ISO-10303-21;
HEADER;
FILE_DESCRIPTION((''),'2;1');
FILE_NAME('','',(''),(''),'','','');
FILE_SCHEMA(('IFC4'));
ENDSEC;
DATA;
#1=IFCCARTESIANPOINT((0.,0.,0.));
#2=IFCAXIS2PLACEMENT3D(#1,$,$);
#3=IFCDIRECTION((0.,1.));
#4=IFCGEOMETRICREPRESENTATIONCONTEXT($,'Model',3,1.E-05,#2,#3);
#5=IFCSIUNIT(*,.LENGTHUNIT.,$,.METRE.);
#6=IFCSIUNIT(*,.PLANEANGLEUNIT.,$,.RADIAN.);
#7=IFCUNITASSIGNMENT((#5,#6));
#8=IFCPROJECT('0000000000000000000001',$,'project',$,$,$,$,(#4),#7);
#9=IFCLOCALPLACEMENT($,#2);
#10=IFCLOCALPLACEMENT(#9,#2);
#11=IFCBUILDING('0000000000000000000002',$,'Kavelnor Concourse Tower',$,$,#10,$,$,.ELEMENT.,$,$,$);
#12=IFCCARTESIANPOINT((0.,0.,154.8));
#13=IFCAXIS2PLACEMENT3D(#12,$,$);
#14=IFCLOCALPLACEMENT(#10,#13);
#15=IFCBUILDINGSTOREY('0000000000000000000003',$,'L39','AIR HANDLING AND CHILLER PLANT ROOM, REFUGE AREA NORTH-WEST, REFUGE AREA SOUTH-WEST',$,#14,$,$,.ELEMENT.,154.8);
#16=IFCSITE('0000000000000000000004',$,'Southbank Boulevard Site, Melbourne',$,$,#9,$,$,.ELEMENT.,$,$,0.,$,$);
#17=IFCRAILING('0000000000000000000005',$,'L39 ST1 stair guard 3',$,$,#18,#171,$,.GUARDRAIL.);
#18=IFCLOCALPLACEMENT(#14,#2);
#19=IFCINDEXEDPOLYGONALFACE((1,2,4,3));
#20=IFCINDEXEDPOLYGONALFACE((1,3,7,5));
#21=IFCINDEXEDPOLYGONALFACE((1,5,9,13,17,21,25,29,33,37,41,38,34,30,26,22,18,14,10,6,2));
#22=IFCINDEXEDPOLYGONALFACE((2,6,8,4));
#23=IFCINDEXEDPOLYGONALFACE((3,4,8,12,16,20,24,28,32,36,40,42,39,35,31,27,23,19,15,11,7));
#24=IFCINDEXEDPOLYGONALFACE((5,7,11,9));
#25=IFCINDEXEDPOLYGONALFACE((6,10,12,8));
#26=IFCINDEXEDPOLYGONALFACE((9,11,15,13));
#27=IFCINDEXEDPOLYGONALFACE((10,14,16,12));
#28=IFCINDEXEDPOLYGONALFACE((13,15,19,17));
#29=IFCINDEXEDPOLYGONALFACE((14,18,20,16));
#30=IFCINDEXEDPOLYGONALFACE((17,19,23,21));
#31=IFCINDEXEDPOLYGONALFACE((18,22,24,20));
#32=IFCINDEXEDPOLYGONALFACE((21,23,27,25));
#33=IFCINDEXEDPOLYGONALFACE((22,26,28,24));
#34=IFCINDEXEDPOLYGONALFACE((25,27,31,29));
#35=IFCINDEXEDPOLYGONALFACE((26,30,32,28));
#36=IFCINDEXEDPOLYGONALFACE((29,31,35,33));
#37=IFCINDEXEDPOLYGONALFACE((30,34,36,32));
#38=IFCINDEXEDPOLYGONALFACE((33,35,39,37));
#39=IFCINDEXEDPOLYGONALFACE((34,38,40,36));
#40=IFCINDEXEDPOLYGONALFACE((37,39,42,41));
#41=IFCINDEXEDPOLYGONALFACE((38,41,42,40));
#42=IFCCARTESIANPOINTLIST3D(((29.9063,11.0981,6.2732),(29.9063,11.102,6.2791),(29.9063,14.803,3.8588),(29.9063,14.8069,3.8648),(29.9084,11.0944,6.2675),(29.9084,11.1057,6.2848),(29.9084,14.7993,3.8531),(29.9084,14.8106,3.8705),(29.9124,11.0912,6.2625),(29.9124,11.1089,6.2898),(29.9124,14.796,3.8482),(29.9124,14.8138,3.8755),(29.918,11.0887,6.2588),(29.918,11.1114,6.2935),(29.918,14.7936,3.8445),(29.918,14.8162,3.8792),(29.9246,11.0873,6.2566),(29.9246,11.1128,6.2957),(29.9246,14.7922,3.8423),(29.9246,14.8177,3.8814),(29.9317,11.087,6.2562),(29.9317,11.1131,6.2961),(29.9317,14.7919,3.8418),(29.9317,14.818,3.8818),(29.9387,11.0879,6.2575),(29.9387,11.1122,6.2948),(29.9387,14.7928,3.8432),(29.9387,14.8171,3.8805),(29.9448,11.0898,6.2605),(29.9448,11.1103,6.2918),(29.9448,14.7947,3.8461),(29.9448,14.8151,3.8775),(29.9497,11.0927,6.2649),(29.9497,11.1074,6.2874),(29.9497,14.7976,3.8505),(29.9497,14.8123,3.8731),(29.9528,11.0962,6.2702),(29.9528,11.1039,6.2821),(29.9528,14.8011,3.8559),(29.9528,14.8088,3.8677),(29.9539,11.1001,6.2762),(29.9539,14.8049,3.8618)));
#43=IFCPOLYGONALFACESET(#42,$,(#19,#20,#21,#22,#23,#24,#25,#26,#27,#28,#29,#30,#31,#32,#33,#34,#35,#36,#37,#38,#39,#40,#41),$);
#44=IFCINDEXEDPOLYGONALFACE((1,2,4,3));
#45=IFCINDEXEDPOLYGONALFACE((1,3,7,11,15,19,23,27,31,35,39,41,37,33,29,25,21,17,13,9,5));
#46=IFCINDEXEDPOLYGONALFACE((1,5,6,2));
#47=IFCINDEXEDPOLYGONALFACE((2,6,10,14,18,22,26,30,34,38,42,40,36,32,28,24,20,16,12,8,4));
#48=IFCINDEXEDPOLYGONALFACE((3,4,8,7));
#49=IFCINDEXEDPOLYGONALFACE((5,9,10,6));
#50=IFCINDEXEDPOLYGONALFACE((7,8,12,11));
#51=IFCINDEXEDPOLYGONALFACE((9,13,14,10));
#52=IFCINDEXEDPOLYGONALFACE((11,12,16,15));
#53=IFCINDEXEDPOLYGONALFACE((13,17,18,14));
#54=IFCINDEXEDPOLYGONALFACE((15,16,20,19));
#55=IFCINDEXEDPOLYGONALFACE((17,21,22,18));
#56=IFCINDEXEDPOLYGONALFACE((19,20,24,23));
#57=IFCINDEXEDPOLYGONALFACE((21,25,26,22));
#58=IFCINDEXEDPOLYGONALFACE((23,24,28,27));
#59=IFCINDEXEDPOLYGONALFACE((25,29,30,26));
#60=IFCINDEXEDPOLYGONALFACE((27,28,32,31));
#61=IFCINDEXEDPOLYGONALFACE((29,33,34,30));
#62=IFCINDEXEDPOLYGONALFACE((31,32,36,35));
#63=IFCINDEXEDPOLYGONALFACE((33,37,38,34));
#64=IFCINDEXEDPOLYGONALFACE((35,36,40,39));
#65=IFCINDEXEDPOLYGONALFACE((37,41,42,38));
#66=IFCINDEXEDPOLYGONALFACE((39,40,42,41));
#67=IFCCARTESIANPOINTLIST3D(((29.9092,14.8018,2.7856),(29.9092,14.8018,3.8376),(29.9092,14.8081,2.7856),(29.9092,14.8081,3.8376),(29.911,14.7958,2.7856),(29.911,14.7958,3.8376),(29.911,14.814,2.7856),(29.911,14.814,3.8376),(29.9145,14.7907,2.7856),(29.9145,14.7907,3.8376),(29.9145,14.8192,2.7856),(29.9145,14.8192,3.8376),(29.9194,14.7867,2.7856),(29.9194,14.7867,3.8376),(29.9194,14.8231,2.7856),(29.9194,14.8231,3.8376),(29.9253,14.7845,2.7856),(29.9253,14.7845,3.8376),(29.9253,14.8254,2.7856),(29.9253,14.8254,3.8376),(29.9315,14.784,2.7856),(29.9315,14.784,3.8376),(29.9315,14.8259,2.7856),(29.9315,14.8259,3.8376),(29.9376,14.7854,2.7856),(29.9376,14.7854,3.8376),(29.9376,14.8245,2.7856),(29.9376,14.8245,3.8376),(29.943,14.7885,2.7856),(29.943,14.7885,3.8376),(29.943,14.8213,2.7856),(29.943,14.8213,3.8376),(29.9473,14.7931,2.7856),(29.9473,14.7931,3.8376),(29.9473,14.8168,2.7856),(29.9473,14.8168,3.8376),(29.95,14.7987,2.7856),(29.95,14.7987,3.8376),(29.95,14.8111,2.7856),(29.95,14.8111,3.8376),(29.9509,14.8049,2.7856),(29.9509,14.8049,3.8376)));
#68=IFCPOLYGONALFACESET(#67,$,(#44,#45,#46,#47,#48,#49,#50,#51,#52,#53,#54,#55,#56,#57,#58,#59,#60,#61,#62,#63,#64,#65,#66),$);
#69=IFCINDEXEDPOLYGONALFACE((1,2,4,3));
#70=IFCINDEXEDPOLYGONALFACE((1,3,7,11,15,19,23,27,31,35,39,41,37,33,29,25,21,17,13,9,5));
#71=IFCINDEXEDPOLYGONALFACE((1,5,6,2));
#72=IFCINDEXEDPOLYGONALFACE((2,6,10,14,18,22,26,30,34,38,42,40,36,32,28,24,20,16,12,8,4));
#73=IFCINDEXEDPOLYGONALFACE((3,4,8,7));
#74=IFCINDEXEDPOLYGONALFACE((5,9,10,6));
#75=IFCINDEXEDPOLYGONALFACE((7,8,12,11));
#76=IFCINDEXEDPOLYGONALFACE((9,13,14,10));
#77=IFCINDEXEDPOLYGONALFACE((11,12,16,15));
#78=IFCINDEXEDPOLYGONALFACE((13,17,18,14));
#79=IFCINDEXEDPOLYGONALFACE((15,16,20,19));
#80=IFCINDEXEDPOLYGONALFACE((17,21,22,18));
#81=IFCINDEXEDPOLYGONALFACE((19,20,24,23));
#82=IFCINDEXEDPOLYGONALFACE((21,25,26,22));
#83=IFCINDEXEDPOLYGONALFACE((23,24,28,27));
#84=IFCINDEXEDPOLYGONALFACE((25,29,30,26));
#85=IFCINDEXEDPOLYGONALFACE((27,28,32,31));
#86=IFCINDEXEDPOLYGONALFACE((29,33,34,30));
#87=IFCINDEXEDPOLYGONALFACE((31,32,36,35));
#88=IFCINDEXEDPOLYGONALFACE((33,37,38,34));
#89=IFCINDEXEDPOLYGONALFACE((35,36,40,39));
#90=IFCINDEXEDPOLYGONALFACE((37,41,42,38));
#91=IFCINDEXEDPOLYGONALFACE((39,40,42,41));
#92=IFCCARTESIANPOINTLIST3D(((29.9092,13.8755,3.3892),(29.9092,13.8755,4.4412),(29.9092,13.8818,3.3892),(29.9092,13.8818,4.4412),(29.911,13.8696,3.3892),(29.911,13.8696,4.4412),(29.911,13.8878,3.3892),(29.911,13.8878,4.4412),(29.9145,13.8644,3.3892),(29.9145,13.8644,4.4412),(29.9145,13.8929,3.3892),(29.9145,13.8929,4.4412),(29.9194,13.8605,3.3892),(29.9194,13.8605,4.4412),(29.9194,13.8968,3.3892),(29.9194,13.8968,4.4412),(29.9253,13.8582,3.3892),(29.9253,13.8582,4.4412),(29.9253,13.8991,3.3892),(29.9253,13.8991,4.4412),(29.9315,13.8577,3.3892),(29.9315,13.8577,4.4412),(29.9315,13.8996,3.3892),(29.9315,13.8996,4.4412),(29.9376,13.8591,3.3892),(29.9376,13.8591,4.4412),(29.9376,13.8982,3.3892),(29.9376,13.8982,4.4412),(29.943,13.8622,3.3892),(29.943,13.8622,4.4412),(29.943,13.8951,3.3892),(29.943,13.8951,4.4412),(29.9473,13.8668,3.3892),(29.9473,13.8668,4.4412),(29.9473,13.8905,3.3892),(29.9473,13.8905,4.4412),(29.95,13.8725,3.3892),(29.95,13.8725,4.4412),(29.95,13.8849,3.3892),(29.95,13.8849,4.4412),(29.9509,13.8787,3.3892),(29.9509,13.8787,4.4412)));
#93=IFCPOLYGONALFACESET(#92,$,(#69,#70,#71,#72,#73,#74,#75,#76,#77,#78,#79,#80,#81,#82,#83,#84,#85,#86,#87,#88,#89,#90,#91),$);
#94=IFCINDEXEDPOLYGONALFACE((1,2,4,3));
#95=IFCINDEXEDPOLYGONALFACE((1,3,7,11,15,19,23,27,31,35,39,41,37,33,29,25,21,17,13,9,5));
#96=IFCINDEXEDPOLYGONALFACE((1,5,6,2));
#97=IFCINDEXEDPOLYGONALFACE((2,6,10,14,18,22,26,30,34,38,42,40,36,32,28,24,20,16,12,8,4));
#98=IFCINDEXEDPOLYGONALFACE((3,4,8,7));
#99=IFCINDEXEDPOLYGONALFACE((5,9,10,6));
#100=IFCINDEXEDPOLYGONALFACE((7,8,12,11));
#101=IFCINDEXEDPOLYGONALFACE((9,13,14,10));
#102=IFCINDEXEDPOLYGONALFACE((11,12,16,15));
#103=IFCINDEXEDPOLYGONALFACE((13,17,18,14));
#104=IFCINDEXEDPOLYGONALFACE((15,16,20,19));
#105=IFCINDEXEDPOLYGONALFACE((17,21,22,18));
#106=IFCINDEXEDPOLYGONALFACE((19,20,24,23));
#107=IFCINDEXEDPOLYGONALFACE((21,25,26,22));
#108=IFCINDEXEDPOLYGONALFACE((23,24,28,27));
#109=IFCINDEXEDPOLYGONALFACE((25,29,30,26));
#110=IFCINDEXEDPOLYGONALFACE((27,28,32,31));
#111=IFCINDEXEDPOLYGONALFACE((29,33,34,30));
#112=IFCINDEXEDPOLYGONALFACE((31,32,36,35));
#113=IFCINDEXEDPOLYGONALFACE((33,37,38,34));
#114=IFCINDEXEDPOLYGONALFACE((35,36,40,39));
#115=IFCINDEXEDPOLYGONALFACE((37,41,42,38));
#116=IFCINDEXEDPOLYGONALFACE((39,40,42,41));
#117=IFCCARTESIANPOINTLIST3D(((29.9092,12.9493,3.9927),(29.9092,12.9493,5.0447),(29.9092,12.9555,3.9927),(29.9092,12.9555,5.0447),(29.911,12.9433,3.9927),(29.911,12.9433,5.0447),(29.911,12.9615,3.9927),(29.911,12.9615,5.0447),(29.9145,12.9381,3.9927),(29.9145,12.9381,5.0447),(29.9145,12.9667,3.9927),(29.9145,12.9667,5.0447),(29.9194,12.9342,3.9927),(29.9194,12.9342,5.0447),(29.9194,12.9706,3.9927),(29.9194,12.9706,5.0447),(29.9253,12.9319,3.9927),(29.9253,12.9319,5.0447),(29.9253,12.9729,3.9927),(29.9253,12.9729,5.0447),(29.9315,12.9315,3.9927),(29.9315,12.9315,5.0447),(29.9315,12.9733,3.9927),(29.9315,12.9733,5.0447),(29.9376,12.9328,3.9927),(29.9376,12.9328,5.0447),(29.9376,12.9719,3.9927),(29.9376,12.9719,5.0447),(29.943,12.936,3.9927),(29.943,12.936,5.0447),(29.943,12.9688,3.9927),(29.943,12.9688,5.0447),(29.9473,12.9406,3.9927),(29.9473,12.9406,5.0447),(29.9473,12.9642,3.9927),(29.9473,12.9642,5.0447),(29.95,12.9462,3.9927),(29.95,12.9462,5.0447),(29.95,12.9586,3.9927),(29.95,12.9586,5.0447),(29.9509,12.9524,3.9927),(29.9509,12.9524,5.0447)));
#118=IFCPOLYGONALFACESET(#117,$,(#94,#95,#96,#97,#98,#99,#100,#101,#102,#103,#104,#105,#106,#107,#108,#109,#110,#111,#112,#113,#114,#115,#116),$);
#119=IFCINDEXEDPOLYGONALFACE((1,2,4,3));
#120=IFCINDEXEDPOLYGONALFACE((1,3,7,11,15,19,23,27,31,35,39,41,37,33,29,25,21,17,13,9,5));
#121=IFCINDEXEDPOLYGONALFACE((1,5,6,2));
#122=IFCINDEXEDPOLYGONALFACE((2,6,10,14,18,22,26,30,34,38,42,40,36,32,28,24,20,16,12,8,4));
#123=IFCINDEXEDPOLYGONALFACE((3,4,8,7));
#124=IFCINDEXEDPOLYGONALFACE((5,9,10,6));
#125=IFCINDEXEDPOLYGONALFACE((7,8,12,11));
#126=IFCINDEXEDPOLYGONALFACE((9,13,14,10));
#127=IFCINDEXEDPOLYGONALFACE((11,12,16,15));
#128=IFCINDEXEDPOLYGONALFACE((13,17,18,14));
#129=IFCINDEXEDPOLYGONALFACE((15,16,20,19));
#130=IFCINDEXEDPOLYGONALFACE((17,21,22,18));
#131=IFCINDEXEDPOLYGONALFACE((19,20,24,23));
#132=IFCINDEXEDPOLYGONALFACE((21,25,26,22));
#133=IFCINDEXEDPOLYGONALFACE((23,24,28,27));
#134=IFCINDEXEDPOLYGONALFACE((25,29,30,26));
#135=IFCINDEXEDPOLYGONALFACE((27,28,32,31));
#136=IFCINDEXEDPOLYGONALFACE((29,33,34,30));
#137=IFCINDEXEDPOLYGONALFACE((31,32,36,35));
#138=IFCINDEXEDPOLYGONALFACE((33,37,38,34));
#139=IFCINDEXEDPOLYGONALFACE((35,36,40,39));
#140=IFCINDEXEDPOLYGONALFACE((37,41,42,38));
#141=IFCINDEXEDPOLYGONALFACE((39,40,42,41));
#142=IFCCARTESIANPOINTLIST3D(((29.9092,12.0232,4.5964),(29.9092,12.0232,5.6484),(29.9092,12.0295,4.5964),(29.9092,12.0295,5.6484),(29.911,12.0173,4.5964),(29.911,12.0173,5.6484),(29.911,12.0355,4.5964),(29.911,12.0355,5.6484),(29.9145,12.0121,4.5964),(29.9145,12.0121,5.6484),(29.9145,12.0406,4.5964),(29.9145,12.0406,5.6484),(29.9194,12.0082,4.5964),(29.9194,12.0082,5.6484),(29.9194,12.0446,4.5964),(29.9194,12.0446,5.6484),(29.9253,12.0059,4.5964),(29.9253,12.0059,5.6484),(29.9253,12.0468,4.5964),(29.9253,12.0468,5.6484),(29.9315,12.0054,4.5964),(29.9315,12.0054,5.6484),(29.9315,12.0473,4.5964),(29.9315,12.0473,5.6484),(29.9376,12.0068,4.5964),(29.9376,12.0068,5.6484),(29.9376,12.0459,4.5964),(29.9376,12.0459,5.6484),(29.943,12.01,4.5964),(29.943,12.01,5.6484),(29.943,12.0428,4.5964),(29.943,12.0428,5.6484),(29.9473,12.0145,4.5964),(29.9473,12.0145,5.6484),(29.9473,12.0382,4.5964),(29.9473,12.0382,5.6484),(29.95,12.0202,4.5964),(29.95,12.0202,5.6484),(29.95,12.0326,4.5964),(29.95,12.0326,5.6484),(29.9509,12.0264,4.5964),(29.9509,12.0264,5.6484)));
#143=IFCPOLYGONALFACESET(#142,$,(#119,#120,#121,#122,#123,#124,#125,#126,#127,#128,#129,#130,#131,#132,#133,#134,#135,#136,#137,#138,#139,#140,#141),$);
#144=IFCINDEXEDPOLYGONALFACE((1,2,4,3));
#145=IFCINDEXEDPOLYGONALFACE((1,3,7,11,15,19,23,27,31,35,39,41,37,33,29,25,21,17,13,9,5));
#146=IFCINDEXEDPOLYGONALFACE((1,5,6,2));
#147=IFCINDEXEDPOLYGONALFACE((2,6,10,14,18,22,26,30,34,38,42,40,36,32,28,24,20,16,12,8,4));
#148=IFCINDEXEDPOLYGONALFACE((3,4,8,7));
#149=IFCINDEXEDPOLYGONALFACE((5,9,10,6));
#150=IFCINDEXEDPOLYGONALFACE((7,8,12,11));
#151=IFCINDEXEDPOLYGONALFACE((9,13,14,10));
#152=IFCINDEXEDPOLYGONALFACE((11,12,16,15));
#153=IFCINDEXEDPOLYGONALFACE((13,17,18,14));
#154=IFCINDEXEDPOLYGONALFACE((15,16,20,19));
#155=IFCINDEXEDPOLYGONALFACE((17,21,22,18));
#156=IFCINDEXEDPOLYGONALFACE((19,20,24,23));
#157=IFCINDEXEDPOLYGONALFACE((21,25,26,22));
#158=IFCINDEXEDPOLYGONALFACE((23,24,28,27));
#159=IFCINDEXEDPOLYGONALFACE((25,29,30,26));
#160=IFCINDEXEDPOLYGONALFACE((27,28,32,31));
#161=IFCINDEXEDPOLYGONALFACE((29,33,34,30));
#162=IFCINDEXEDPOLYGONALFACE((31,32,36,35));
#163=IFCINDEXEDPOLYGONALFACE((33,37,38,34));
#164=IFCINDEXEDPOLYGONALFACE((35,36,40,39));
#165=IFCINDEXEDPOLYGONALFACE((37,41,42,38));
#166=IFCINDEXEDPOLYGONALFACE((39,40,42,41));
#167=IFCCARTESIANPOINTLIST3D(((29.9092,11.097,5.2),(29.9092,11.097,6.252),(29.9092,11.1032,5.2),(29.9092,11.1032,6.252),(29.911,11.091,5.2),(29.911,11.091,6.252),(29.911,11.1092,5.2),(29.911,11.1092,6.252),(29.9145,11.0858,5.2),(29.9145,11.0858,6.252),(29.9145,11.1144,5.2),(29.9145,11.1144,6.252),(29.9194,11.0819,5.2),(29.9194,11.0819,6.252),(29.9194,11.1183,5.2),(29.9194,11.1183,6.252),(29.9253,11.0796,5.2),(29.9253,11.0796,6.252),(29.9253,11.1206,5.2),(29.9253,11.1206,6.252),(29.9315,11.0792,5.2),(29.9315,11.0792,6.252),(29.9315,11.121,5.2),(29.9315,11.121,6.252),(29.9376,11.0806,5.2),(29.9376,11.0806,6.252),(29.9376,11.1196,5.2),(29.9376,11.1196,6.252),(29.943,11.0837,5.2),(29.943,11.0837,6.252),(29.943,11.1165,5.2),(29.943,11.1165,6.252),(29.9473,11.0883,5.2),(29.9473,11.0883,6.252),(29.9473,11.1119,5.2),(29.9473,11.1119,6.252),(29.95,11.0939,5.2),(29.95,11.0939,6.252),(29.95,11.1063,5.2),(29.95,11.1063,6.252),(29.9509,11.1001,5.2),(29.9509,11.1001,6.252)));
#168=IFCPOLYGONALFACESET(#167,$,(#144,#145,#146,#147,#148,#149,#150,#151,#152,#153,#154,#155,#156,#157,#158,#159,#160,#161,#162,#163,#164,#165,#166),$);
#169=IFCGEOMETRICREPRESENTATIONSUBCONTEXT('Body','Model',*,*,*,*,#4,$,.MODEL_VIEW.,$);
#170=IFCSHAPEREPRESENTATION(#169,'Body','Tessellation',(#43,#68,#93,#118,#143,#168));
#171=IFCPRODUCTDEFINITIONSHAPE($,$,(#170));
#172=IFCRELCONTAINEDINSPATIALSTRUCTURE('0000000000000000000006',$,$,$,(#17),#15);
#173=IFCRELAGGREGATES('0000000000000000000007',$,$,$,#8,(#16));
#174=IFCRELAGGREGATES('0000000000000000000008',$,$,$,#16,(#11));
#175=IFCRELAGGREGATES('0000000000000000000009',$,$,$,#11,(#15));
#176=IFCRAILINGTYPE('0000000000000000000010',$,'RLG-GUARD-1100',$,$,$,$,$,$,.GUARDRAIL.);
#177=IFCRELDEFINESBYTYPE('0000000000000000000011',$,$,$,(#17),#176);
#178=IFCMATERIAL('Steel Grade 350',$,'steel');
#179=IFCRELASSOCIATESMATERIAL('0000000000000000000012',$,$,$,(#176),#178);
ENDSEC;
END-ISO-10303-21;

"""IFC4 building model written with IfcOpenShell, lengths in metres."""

from ifc_helpers import new_model, si_unit, direction, frame, origin, origin_2d, place, context, subcontext, project, spatial, circle, extrude, material, type_object, element, save


model = new_model("IFC4")

# Units and contexts
model_context = context("Model", 3, precision=1e-05, world=origin(), true_north=direction((0.0, 1.0)))
body_context = subcontext(model_context, "Body", "Model", "MODEL_VIEW")
ifc_project = project(units=[si_unit("LENGTHUNIT", "METRE"), si_unit("PLANEANGLEUNIT", "RADIAN")], contexts=[model_context])

# Site, building, storey
site_placement = place(None, origin())
site = spatial("IfcSite", under=ifc_project, at=site_placement, Name="Southbank Boulevard Site, Melbourne", CompositionType="ELEMENT", RefElevation=0.0)
building_placement = place(site_placement, origin())
building = spatial("IfcBuilding", under=site, at=building_placement, Name="Kavelnor Concourse Tower", CompositionType="ELEMENT")
storey_placement = place(building_placement, frame((0.0, 0.0, 154.8)))
storey = spatial("IfcBuildingStorey", under=building, at=storey_placement, Name="L39", Description="AIR HANDLING AND CHILLER PLANT ROOM, REFUGE AREA NORTH-WEST, REFUGE AREA SOUTH-WEST", CompositionType="ELEMENT", Elevation=154.8)

# Shared definitions
ifc_material_1 = material(Name="Steel Grade 350", Category="steel")

# Railing
railing_type_1 = type_object("IfcRailingType", Name="RLG-GUARD-1100", PredefinedType="GUARDRAIL", material=ifc_material_1)
railing_1_placement = place(storey_placement, frame((29.9299, 14.8049, 2.7856)))
element("IfcRailing", 1, at=railing_1_placement, inside=storey, type_object=railing_type_1, Name="L39 ST1 stair guard 3", PredefinedType="GUARDRAIL", context=body_context, shape_type="SweptSolid", body=[
    extrude(circle(Radius=0.0239, at=origin_2d()), frame((0.0, 0.0, 1.0762), z_axis=(0.0, -0.837806, 0.545968), x_axis=(1.0, 0.0, 0.0)), (0.0, 0.0, 1.0), 4.4221),
    extrude(circle(Radius=0.021, at=origin_2d()), origin(), (0.0, 0.0, 1.0), 1.052),
    extrude(circle(Radius=0.021, at=origin_2d()), frame((0.0, -0.9263, 0.6035)), (0.0, 0.0, 1.0), 1.052),
    extrude(circle(Radius=0.021, at=origin_2d()), frame((0.0, -1.8525, 1.207)), (0.0, 0.0, 1.0), 1.052),
    extrude(circle(Radius=0.021, at=origin_2d()), frame((0.0, -2.7786, 1.8108)), (0.0, 0.0, 1.0), 1.052),
    extrude(circle(Radius=0.021, at=origin_2d()), frame((0.0, -3.7048, 2.4143)), (0.0, 0.0, 1.0), 1.052),
])

save(model, "model.ifc")
